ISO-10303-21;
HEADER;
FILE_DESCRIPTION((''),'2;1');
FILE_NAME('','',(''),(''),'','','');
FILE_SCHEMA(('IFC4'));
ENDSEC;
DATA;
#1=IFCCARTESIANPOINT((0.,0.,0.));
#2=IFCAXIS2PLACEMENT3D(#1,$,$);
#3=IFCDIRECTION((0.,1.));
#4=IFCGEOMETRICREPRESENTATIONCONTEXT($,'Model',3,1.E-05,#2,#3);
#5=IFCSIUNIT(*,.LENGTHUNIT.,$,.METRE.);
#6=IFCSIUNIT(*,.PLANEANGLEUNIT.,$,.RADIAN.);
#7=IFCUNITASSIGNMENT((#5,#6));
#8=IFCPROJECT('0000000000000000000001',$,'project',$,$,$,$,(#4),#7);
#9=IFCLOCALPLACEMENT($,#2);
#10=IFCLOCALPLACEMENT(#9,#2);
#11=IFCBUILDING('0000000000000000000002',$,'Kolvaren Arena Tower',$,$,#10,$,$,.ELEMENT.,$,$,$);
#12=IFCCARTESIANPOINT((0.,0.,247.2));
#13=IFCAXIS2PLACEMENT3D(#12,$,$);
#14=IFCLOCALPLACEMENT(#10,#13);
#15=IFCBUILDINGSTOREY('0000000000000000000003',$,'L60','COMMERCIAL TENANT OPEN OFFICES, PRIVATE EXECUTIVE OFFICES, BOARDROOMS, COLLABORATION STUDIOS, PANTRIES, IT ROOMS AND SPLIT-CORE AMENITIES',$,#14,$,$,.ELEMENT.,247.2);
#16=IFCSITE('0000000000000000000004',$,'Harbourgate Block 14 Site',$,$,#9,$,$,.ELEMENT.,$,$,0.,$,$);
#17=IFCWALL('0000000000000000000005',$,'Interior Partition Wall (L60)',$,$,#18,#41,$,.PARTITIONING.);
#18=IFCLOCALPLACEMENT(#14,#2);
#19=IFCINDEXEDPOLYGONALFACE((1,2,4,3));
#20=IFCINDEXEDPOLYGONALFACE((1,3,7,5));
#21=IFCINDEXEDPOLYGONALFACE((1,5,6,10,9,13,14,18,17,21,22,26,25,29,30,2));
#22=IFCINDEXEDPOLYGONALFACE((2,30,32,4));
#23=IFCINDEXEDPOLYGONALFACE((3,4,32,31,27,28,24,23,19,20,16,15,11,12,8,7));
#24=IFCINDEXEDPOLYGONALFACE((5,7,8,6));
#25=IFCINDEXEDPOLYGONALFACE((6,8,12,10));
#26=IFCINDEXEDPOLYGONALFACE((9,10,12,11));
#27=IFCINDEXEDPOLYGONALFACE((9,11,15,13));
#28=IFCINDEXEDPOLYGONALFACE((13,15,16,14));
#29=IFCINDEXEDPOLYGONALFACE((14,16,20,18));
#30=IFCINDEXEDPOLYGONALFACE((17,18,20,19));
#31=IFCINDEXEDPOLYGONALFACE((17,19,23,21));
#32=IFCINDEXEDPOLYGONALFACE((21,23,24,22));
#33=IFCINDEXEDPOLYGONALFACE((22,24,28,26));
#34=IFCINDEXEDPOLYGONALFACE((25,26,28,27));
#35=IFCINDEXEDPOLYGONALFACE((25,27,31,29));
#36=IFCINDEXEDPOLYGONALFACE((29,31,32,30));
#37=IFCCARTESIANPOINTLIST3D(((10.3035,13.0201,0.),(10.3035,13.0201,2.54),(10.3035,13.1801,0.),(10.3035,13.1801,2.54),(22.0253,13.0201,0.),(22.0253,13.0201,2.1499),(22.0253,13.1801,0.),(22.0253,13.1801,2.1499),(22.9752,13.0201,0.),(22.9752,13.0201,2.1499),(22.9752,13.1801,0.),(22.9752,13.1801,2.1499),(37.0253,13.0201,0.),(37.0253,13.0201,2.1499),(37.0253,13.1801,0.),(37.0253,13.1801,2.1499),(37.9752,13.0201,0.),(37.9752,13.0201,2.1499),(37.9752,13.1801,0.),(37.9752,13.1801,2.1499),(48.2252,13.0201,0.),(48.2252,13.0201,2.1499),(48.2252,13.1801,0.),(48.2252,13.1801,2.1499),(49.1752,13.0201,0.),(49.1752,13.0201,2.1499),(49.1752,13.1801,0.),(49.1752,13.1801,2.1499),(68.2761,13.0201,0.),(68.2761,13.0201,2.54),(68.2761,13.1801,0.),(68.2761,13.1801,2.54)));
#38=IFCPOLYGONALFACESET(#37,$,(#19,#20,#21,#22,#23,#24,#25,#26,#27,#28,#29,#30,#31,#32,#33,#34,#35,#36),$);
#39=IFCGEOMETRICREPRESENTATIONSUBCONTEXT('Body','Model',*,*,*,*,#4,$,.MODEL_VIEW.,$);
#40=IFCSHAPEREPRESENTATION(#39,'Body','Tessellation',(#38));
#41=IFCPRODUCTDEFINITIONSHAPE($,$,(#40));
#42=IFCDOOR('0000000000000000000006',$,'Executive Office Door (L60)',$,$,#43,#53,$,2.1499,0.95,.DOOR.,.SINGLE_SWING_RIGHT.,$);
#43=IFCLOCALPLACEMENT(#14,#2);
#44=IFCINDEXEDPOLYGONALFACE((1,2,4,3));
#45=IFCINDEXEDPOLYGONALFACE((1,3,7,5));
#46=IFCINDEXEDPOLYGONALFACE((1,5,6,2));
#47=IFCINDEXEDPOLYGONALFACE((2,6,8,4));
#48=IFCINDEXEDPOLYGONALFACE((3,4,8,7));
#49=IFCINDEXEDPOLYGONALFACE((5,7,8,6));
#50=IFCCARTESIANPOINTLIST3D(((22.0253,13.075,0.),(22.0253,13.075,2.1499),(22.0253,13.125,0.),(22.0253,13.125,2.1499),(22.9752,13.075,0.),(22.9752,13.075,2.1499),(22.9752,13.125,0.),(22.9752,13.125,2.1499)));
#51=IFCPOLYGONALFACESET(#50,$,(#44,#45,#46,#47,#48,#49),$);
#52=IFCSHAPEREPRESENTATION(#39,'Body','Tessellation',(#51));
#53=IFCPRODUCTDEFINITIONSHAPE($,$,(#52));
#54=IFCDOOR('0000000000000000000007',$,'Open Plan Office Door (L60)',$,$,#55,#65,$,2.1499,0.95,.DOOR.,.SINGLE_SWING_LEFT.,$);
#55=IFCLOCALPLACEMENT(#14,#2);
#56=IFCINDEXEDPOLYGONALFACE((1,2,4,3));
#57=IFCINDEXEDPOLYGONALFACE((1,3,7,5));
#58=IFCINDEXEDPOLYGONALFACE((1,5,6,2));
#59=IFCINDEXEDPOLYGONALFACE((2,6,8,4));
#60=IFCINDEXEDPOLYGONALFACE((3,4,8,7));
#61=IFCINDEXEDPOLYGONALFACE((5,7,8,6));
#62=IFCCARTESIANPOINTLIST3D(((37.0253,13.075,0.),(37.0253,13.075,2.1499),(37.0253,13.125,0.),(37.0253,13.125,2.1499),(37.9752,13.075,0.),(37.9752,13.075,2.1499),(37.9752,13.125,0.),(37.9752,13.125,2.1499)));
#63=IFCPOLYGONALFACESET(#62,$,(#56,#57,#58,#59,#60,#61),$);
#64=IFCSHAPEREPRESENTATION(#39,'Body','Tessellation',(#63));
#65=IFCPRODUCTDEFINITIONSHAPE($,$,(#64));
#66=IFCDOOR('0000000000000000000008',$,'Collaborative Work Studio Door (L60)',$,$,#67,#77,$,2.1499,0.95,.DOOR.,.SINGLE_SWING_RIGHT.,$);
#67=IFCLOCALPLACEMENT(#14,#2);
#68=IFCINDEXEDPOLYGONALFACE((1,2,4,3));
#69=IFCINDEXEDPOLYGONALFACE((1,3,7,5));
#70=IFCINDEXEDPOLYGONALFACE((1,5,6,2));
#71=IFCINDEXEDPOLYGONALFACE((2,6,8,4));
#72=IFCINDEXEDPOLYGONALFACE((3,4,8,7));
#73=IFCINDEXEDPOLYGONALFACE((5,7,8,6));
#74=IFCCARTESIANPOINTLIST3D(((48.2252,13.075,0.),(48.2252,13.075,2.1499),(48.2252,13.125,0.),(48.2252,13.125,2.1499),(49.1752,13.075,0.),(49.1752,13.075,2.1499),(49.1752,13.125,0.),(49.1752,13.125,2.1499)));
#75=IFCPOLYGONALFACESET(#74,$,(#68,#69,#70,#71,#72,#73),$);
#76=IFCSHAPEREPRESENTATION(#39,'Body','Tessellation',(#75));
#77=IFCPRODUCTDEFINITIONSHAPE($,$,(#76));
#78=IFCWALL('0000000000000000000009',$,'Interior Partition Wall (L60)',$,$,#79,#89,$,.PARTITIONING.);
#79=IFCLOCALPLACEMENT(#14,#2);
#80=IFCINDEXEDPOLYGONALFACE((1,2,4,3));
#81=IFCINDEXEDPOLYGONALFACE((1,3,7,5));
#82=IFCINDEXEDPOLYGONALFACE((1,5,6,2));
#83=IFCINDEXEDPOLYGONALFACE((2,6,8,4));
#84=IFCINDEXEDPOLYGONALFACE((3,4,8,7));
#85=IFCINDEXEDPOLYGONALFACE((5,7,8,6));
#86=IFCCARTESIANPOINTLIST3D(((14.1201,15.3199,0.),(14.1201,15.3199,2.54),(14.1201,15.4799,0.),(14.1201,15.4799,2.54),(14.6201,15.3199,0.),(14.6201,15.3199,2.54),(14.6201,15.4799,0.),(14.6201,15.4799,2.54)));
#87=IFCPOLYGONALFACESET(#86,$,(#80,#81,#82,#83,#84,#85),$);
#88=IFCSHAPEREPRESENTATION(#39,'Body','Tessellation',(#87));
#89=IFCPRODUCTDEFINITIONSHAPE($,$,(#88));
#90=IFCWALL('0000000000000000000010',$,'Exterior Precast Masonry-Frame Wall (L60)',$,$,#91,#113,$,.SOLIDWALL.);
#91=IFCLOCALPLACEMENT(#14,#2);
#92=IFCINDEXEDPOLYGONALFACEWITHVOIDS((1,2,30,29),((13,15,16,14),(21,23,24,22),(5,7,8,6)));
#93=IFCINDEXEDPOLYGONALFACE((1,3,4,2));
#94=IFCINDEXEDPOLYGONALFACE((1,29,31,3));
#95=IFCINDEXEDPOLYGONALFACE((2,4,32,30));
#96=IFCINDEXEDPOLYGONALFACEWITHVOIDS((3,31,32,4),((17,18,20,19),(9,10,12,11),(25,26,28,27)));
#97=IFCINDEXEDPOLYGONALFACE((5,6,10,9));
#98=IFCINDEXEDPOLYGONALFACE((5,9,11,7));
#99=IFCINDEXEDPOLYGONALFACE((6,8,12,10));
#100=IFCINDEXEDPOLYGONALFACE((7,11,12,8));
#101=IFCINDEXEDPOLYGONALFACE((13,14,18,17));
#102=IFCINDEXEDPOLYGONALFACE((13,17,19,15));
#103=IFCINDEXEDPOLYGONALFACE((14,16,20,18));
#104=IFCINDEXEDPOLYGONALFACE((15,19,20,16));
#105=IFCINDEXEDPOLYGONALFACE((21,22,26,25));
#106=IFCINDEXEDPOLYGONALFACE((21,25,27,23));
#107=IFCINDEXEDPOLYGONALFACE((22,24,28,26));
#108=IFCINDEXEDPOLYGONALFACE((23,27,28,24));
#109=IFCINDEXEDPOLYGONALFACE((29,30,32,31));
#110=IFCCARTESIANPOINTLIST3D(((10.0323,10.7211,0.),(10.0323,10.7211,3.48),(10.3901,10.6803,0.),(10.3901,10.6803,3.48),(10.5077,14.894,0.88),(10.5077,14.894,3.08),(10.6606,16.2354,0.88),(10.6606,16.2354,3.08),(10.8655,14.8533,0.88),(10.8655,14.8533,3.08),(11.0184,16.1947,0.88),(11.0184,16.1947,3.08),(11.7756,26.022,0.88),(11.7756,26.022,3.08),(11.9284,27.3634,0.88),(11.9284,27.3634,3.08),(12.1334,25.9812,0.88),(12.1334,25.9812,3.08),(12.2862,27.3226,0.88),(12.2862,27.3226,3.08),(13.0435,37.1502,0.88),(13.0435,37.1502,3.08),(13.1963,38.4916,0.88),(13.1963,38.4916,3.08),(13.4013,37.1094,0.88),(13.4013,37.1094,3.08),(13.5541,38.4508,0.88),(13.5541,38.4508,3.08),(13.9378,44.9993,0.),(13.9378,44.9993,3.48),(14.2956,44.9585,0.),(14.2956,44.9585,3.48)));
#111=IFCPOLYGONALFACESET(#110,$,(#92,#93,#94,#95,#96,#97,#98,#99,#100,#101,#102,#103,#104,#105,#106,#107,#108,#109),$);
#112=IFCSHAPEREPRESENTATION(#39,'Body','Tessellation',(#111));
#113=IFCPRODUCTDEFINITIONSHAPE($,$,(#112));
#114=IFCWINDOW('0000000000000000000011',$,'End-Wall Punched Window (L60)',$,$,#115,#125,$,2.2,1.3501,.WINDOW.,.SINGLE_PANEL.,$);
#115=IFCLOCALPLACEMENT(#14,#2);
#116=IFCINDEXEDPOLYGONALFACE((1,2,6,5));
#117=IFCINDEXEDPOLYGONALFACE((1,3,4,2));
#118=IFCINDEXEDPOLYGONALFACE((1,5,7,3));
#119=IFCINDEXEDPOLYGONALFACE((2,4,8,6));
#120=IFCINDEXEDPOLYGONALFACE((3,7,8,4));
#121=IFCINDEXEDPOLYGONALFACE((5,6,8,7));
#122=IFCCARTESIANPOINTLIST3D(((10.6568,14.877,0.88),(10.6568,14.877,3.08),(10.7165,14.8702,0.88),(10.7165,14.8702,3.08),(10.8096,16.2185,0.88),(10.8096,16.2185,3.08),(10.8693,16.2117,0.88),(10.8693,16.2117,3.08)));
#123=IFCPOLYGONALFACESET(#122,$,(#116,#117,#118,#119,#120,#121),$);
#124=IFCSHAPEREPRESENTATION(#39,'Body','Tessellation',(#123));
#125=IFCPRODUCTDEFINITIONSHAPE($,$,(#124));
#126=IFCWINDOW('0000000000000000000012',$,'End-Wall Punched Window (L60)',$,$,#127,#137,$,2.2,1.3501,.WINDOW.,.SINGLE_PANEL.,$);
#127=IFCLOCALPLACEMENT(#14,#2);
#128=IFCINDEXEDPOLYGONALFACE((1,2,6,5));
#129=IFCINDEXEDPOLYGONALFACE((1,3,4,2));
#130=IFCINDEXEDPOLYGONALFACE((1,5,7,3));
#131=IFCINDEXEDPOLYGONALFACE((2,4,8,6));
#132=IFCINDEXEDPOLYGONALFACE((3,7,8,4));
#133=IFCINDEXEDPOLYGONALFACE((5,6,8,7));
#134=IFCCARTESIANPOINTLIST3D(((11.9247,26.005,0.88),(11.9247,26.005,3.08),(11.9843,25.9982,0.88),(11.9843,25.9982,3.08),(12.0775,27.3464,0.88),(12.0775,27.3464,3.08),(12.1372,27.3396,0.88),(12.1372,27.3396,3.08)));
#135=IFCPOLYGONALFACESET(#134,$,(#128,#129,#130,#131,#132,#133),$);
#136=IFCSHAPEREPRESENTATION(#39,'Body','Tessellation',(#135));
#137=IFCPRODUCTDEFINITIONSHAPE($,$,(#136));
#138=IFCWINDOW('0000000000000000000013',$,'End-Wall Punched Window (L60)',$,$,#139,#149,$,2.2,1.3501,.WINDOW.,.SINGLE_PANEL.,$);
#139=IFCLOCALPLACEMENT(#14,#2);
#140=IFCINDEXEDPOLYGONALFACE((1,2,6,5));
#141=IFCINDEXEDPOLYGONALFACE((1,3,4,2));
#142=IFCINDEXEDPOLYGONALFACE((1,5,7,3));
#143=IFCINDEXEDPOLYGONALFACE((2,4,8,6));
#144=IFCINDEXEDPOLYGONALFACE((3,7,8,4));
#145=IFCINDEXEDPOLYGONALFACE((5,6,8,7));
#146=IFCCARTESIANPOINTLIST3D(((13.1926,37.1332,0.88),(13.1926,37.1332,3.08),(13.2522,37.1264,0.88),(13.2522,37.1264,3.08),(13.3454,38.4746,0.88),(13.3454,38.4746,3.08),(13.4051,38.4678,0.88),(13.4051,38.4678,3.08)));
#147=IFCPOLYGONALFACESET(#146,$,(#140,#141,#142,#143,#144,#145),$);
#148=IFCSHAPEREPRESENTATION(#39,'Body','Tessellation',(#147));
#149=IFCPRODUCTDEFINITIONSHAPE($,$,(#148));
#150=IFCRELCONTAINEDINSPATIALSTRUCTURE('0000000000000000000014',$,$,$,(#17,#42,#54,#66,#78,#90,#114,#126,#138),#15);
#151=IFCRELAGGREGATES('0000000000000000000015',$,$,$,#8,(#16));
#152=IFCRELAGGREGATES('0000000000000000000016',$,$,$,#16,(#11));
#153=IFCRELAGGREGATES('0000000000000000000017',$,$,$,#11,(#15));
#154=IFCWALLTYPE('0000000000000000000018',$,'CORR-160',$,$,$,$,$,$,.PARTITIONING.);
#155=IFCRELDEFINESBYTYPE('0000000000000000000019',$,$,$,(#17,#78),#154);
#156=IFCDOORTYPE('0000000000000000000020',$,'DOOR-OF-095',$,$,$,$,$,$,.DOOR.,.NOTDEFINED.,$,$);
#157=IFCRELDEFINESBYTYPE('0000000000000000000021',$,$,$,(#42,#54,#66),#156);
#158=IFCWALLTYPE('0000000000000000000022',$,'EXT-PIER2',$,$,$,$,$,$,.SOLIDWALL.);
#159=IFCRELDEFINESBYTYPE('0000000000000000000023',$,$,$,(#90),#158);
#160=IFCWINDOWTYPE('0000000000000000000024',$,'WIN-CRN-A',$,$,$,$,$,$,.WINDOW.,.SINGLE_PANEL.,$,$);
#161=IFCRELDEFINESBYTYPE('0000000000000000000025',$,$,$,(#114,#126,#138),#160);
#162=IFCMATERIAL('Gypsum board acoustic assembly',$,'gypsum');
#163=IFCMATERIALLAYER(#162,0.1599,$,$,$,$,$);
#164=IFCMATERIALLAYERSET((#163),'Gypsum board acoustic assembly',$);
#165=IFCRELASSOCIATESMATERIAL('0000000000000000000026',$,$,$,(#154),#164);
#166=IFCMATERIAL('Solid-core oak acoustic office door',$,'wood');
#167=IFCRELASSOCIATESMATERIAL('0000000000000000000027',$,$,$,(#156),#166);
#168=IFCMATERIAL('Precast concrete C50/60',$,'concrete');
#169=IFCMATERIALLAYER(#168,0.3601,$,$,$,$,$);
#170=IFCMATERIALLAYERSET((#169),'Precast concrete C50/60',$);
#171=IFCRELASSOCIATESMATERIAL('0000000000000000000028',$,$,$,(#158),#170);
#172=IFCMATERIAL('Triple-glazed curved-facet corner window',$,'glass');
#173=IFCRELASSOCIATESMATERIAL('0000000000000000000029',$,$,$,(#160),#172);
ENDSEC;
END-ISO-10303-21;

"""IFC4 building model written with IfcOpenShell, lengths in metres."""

from ifc_helpers import new_model, si_unit, direction, frame, frame_2d, origin, place, context, subcontext, project, spatial, rectangle, extrude, material, layer, layer_set, type_object, element, fill, save


model = new_model("IFC4")

# Units and contexts
model_context = context("Model", 3, precision=1e-05, world=origin(), true_north=direction((0.0, 1.0)))
body_context = subcontext(model_context, "Body", "Model", "MODEL_VIEW")
ifc_project = project(units=[si_unit("LENGTHUNIT", "METRE"), si_unit("PLANEANGLEUNIT", "RADIAN")], contexts=[model_context])

# Site, building, storey
site_placement = place(None, origin())
site = spatial("IfcSite", under=ifc_project, at=site_placement, Name="Harbourgate Block 14 Site", CompositionType="ELEMENT", RefElevation=0.0)
building_placement = place(site_placement, origin())
building = spatial("IfcBuilding", under=site, at=building_placement, Name="Kolvaren Arena Tower", CompositionType="ELEMENT")
storey_placement = place(building_placement, frame((0.0, 0.0, 247.2)))
storey = spatial("IfcBuildingStorey", under=building, at=storey_placement, Name="L60", Description="COMMERCIAL TENANT OPEN OFFICES, PRIVATE EXECUTIVE OFFICES, BOARDROOMS, COLLABORATION STUDIOS, PANTRIES, IT ROOMS AND SPLIT-CORE AMENITIES", CompositionType="ELEMENT", Elevation=247.2)

# Wall, openings, doors
ifc_material_1 = material(Name="Gypsum board acoustic assembly", Category="gypsum")
ifc_layer_1 = layer(ifc_material_1, 0.1599)
ifc_layer_set_1 = layer_set([ifc_layer_1], Name="Gypsum board acoustic assembly")
wall_type_1 = type_object("IfcWallType", Name="CORR-160", PredefinedType="PARTITIONING", material=ifc_layer_set_1)
wall_1_placement = place(storey_placement, frame((10.3035, 13.1001, 0.0), z_axis=(0.0, 0.0, 1.0), x_axis=(1.0, 0.0, 0.0)))
wall_1 = element("IfcWall", 1, at=wall_1_placement, inside=storey, type_object=wall_type_1, Name="Interior Partition Wall (L60)", PredefinedType="PARTITIONING", context=body_context, shape_type="SweptSolid", body=[
    extrude(rectangle(XDim=57.9727, YDim=0.1599, at=frame_2d((28.9863, 0.0))), origin(), (0.0, 0.0, 1.0), 2.54),
])
opening_1_placement = place(wall_1_placement, frame((11.7217, 0.0, 0.0)))
opening_1 = element("IfcOpeningElement", 2, at=opening_1_placement, cuts=wall_1, PredefinedType="OPENING", context=body_context, shape_type="SweptSolid", body=[
    extrude(rectangle(XDim=0.95, YDim=2.1499, at=frame_2d((0.4751, 1.075))), frame((0.0, 0.0898, 0.0), z_axis=(0.0, -1.0, 0.0), x_axis=(1.0, 0.0, 0.0)), (0.0, 0.0, 1.0), 0.1799),
])
opening_2_placement = place(wall_1_placement, frame((26.7217, 0.0, 0.0)))
opening_2 = element("IfcOpeningElement", 3, at=opening_2_placement, cuts=wall_1, PredefinedType="OPENING", context=body_context, shape_type="SweptSolid", body=[
    extrude(rectangle(XDim=0.95, YDim=2.1499, at=frame_2d((0.4751, 1.075))), frame((0.0, 0.0898, 0.0), z_axis=(0.0, -1.0, 0.0), x_axis=(1.0, 0.0, 0.0)), (0.0, 0.0, 1.0), 0.1799),
])
opening_3_placement = place(wall_1_placement, frame((37.9216, 0.0, 0.0)))
opening_3 = element("IfcOpeningElement", 4, at=opening_3_placement, cuts=wall_1, PredefinedType="OPENING", context=body_context, shape_type="SweptSolid", body=[
    extrude(rectangle(XDim=0.95, YDim=2.1499, at=frame_2d((0.4751, 1.075))), frame((0.0, 0.0898, 0.0), z_axis=(0.0, -1.0, 0.0), x_axis=(1.0, 0.0, 0.0)), (0.0, 0.0, 1.0), 0.1799),
])
ifc_material_2 = material(Name="Solid-core oak acoustic office door", Category="wood")
door_type_1 = type_object("IfcDoorType", Name="DOOR-OF-095", OperationType="NOTDEFINED", PredefinedType="DOOR", material=ifc_material_2)
door_1_placement = place(opening_1_placement, origin())
door_1 = element("IfcDoor", 5, at=door_1_placement, inside=storey, type_object=door_type_1, Name="Executive Office Door (L60)", OperationType="SINGLE_SWING_RIGHT", OverallHeight=2.1499, OverallWidth=0.95, PredefinedType="DOOR", context=body_context, shape_type="SweptSolid", body=[
    extrude(rectangle(XDim=0.95, YDim=2.1499, at=frame_2d((0.4751, 1.075))), frame((0.0, 0.0249, 0.0), z_axis=(0.0, -1.0, 0.0), x_axis=(1.0, 0.0, 0.0)), (0.0, 0.0, 1.0), 0.05),
])
fill(opening_1, door_1)
door_2_placement = place(opening_2_placement, origin())
door_2 = element("IfcDoor", 6, at=door_2_placement, inside=storey, type_object=door_type_1, Name="Open Plan Office Door (L60)", OperationType="SINGLE_SWING_LEFT", OverallHeight=2.1499, OverallWidth=0.95, PredefinedType="DOOR", context=body_context, shape_type="SweptSolid", body=[
    extrude(rectangle(XDim=0.95, YDim=2.1499, at=frame_2d((0.4751, 1.075))), frame((0.0, 0.0249, 0.0), z_axis=(0.0, -1.0, 0.0), x_axis=(1.0, 0.0, 0.0)), (0.0, 0.0, 1.0), 0.05),
])
fill(opening_2, door_2)
door_3_placement = place(opening_3_placement, origin())
door_3 = element("IfcDoor", 7, at=door_3_placement, inside=storey, type_object=door_type_1, Name="Collaborative Work Studio Door (L60)", OperationType="SINGLE_SWING_RIGHT", OverallHeight=2.1499, OverallWidth=0.95, PredefinedType="DOOR", context=body_context, shape_type="SweptSolid", body=[
    extrude(rectangle(XDim=0.95, YDim=2.1499, at=frame_2d((0.4751, 1.075))), frame((0.0, 0.0249, 0.0), z_axis=(0.0, -1.0, 0.0), x_axis=(1.0, 0.0, 0.0)), (0.0, 0.0, 1.0), 0.05),
])
fill(opening_3, door_3)

# Wall
wall_2_placement = place(storey_placement, frame((14.1201, 15.3999, 0.0), z_axis=(0.0, 0.0, 1.0), x_axis=(1.0, 0.0, 0.0)))
element("IfcWall", 8, at=wall_2_placement, inside=storey, type_object=wall_type_1, Name="Interior Partition Wall (L60)", PredefinedType="PARTITIONING", context=body_context, shape_type="SweptSolid", body=[
    extrude(rectangle(XDim=0.5, YDim=0.1599, at=frame_2d((0.25, 0.0))), origin(), (0.0, 0.0, 1.0), 2.54),
])

# Wall, openings, windows
ifc_material_3 = material(Name="Precast concrete C50/60", Category="concrete")
ifc_layer_2 = layer(ifc_material_3, 0.3601)
ifc_layer_set_2 = layer_set([ifc_layer_2], Name="Precast concrete C50/60")
wall_type_2 = type_object("IfcWallType", Name="EXT-PIER2", PredefinedType="SOLIDWALL", material=ifc_layer_set_2)
wall_3_placement = place(storey_placement, frame((10.2112, 10.7007, 0.0), z_axis=(0.0, 0.0, 1.0), x_axis=(0.113203, 0.993572, 0.0)))
wall_3 = element("IfcWall", 9, at=wall_3_placement, inside=storey, type_object=wall_type_2, Name="Exterior Precast Masonry-Frame Wall (L60)", PredefinedType="SOLIDWALL", context=body_context, shape_type="SweptSolid", body=[
    extrude(rectangle(XDim=34.5, YDim=0.3601, at=frame_2d((17.25, 0.0))), origin(), (0.0, 0.0, 1.0), 3.48),
])
opening_4_placement = place(wall_3_placement, frame((4.2, 0.0, 0.8799)))
opening_4 = element("IfcOpeningElement", 10, at=opening_4_placement, cuts=wall_3, PredefinedType="OPENING", context=body_context, shape_type="SweptSolid", body=[
    extrude(rectangle(XDim=1.3501, YDim=2.2, at=frame_2d((0.675, 1.1001))), frame((0.0, 0.1899, 0.0), z_axis=(0.0, -1.0, 0.0), x_axis=(1.0, 0.0, 0.0)), (0.0, 0.0, 1.0), 0.3801),
])
opening_5_placement = place(wall_3_placement, frame((15.3999, 0.0, 0.8799)))
opening_5 = element("IfcOpeningElement", 11, at=opening_5_placement, cuts=wall_3, PredefinedType="OPENING", context=body_context, shape_type="SweptSolid", body=[
    extrude(rectangle(XDim=1.3501, YDim=2.2, at=frame_2d((0.675, 1.1001))), frame((0.0, 0.1899, 0.0), z_axis=(0.0, -1.0, 0.0), x_axis=(1.0, 0.0, 0.0)), (0.0, 0.0, 1.0), 0.3801),
])
opening_6_placement = place(wall_3_placement, frame((26.6001, 0.0, 0.8799)))
opening_6 = element("IfcOpeningElement", 12, at=opening_6_placement, cuts=wall_3, PredefinedType="OPENING", context=body_context, shape_type="SweptSolid", body=[
    extrude(rectangle(XDim=1.3501, YDim=2.2, at=frame_2d((0.675, 1.1001))), frame((0.0, 0.1899, 0.0), z_axis=(0.0, -1.0, 0.0), x_axis=(1.0, 0.0, 0.0)), (0.0, 0.0, 1.0), 0.3801),
])
ifc_material_4 = material(Name="Triple-glazed curved-facet corner window", Category="glass")
window_type = type_object("IfcWindowType", Name="WIN-CRN-A", PartitioningType="SINGLE_PANEL", PredefinedType="WINDOW", material=ifc_material_4)
window_1_placement = place(opening_4_placement, origin())
window_1 = element("IfcWindow", 13, at=window_1_placement, inside=storey, type_object=window_type, Name="End-Wall Punched Window (L60)", OverallHeight=2.2, OverallWidth=1.3501, PartitioningType="SINGLE_PANEL", PredefinedType="WINDOW", context=body_context, shape_type="SweptSolid", body=[
    extrude(rectangle(XDim=1.3501, YDim=2.2, at=frame_2d((0.675, 1.1001))), frame((0.0, 0.03, 0.0), z_axis=(0.0, -1.0, 0.0), x_axis=(1.0, 0.0, 0.0)), (0.0, 0.0, 1.0), 0.0601),
])
fill(opening_4, window_1)
window_2_placement = place(opening_5_placement, origin())
window_2 = element("IfcWindow", 14, at=window_2_placement, inside=storey, type_object=window_type, Name="End-Wall Punched Window (L60)", OverallHeight=2.2, OverallWidth=1.3501, PartitioningType="SINGLE_PANEL", PredefinedType="WINDOW", context=body_context, shape_type="SweptSolid", body=[
    extrude(rectangle(XDim=1.3501, YDim=2.2, at=frame_2d((0.675, 1.1001))), frame((0.0, 0.03, 0.0), z_axis=(0.0, -1.0, 0.0), x_axis=(1.0, 0.0, 0.0)), (0.0, 0.0, 1.0), 0.0601),
])
fill(opening_5, window_2)
window_3_placement = place(opening_6_placement, origin())
window_3 = element("IfcWindow", 15, at=window_3_placement, inside=storey, type_object=window_type, Name="End-Wall Punched Window (L60)", OverallHeight=2.2, OverallWidth=1.3501, PartitioningType="SINGLE_PANEL", PredefinedType="WINDOW", context=body_context, shape_type="SweptSolid", body=[
    extrude(rectangle(XDim=1.3501, YDim=2.2, at=frame_2d((0.675, 1.1001))), frame((0.0, 0.03, 0.0), z_axis=(0.0, -1.0, 0.0), x_axis=(1.0, 0.0, 0.0)), (0.0, 0.0, 1.0), 0.0601),
])
fill(opening_6, window_3)

save(model, "model.ifc")
